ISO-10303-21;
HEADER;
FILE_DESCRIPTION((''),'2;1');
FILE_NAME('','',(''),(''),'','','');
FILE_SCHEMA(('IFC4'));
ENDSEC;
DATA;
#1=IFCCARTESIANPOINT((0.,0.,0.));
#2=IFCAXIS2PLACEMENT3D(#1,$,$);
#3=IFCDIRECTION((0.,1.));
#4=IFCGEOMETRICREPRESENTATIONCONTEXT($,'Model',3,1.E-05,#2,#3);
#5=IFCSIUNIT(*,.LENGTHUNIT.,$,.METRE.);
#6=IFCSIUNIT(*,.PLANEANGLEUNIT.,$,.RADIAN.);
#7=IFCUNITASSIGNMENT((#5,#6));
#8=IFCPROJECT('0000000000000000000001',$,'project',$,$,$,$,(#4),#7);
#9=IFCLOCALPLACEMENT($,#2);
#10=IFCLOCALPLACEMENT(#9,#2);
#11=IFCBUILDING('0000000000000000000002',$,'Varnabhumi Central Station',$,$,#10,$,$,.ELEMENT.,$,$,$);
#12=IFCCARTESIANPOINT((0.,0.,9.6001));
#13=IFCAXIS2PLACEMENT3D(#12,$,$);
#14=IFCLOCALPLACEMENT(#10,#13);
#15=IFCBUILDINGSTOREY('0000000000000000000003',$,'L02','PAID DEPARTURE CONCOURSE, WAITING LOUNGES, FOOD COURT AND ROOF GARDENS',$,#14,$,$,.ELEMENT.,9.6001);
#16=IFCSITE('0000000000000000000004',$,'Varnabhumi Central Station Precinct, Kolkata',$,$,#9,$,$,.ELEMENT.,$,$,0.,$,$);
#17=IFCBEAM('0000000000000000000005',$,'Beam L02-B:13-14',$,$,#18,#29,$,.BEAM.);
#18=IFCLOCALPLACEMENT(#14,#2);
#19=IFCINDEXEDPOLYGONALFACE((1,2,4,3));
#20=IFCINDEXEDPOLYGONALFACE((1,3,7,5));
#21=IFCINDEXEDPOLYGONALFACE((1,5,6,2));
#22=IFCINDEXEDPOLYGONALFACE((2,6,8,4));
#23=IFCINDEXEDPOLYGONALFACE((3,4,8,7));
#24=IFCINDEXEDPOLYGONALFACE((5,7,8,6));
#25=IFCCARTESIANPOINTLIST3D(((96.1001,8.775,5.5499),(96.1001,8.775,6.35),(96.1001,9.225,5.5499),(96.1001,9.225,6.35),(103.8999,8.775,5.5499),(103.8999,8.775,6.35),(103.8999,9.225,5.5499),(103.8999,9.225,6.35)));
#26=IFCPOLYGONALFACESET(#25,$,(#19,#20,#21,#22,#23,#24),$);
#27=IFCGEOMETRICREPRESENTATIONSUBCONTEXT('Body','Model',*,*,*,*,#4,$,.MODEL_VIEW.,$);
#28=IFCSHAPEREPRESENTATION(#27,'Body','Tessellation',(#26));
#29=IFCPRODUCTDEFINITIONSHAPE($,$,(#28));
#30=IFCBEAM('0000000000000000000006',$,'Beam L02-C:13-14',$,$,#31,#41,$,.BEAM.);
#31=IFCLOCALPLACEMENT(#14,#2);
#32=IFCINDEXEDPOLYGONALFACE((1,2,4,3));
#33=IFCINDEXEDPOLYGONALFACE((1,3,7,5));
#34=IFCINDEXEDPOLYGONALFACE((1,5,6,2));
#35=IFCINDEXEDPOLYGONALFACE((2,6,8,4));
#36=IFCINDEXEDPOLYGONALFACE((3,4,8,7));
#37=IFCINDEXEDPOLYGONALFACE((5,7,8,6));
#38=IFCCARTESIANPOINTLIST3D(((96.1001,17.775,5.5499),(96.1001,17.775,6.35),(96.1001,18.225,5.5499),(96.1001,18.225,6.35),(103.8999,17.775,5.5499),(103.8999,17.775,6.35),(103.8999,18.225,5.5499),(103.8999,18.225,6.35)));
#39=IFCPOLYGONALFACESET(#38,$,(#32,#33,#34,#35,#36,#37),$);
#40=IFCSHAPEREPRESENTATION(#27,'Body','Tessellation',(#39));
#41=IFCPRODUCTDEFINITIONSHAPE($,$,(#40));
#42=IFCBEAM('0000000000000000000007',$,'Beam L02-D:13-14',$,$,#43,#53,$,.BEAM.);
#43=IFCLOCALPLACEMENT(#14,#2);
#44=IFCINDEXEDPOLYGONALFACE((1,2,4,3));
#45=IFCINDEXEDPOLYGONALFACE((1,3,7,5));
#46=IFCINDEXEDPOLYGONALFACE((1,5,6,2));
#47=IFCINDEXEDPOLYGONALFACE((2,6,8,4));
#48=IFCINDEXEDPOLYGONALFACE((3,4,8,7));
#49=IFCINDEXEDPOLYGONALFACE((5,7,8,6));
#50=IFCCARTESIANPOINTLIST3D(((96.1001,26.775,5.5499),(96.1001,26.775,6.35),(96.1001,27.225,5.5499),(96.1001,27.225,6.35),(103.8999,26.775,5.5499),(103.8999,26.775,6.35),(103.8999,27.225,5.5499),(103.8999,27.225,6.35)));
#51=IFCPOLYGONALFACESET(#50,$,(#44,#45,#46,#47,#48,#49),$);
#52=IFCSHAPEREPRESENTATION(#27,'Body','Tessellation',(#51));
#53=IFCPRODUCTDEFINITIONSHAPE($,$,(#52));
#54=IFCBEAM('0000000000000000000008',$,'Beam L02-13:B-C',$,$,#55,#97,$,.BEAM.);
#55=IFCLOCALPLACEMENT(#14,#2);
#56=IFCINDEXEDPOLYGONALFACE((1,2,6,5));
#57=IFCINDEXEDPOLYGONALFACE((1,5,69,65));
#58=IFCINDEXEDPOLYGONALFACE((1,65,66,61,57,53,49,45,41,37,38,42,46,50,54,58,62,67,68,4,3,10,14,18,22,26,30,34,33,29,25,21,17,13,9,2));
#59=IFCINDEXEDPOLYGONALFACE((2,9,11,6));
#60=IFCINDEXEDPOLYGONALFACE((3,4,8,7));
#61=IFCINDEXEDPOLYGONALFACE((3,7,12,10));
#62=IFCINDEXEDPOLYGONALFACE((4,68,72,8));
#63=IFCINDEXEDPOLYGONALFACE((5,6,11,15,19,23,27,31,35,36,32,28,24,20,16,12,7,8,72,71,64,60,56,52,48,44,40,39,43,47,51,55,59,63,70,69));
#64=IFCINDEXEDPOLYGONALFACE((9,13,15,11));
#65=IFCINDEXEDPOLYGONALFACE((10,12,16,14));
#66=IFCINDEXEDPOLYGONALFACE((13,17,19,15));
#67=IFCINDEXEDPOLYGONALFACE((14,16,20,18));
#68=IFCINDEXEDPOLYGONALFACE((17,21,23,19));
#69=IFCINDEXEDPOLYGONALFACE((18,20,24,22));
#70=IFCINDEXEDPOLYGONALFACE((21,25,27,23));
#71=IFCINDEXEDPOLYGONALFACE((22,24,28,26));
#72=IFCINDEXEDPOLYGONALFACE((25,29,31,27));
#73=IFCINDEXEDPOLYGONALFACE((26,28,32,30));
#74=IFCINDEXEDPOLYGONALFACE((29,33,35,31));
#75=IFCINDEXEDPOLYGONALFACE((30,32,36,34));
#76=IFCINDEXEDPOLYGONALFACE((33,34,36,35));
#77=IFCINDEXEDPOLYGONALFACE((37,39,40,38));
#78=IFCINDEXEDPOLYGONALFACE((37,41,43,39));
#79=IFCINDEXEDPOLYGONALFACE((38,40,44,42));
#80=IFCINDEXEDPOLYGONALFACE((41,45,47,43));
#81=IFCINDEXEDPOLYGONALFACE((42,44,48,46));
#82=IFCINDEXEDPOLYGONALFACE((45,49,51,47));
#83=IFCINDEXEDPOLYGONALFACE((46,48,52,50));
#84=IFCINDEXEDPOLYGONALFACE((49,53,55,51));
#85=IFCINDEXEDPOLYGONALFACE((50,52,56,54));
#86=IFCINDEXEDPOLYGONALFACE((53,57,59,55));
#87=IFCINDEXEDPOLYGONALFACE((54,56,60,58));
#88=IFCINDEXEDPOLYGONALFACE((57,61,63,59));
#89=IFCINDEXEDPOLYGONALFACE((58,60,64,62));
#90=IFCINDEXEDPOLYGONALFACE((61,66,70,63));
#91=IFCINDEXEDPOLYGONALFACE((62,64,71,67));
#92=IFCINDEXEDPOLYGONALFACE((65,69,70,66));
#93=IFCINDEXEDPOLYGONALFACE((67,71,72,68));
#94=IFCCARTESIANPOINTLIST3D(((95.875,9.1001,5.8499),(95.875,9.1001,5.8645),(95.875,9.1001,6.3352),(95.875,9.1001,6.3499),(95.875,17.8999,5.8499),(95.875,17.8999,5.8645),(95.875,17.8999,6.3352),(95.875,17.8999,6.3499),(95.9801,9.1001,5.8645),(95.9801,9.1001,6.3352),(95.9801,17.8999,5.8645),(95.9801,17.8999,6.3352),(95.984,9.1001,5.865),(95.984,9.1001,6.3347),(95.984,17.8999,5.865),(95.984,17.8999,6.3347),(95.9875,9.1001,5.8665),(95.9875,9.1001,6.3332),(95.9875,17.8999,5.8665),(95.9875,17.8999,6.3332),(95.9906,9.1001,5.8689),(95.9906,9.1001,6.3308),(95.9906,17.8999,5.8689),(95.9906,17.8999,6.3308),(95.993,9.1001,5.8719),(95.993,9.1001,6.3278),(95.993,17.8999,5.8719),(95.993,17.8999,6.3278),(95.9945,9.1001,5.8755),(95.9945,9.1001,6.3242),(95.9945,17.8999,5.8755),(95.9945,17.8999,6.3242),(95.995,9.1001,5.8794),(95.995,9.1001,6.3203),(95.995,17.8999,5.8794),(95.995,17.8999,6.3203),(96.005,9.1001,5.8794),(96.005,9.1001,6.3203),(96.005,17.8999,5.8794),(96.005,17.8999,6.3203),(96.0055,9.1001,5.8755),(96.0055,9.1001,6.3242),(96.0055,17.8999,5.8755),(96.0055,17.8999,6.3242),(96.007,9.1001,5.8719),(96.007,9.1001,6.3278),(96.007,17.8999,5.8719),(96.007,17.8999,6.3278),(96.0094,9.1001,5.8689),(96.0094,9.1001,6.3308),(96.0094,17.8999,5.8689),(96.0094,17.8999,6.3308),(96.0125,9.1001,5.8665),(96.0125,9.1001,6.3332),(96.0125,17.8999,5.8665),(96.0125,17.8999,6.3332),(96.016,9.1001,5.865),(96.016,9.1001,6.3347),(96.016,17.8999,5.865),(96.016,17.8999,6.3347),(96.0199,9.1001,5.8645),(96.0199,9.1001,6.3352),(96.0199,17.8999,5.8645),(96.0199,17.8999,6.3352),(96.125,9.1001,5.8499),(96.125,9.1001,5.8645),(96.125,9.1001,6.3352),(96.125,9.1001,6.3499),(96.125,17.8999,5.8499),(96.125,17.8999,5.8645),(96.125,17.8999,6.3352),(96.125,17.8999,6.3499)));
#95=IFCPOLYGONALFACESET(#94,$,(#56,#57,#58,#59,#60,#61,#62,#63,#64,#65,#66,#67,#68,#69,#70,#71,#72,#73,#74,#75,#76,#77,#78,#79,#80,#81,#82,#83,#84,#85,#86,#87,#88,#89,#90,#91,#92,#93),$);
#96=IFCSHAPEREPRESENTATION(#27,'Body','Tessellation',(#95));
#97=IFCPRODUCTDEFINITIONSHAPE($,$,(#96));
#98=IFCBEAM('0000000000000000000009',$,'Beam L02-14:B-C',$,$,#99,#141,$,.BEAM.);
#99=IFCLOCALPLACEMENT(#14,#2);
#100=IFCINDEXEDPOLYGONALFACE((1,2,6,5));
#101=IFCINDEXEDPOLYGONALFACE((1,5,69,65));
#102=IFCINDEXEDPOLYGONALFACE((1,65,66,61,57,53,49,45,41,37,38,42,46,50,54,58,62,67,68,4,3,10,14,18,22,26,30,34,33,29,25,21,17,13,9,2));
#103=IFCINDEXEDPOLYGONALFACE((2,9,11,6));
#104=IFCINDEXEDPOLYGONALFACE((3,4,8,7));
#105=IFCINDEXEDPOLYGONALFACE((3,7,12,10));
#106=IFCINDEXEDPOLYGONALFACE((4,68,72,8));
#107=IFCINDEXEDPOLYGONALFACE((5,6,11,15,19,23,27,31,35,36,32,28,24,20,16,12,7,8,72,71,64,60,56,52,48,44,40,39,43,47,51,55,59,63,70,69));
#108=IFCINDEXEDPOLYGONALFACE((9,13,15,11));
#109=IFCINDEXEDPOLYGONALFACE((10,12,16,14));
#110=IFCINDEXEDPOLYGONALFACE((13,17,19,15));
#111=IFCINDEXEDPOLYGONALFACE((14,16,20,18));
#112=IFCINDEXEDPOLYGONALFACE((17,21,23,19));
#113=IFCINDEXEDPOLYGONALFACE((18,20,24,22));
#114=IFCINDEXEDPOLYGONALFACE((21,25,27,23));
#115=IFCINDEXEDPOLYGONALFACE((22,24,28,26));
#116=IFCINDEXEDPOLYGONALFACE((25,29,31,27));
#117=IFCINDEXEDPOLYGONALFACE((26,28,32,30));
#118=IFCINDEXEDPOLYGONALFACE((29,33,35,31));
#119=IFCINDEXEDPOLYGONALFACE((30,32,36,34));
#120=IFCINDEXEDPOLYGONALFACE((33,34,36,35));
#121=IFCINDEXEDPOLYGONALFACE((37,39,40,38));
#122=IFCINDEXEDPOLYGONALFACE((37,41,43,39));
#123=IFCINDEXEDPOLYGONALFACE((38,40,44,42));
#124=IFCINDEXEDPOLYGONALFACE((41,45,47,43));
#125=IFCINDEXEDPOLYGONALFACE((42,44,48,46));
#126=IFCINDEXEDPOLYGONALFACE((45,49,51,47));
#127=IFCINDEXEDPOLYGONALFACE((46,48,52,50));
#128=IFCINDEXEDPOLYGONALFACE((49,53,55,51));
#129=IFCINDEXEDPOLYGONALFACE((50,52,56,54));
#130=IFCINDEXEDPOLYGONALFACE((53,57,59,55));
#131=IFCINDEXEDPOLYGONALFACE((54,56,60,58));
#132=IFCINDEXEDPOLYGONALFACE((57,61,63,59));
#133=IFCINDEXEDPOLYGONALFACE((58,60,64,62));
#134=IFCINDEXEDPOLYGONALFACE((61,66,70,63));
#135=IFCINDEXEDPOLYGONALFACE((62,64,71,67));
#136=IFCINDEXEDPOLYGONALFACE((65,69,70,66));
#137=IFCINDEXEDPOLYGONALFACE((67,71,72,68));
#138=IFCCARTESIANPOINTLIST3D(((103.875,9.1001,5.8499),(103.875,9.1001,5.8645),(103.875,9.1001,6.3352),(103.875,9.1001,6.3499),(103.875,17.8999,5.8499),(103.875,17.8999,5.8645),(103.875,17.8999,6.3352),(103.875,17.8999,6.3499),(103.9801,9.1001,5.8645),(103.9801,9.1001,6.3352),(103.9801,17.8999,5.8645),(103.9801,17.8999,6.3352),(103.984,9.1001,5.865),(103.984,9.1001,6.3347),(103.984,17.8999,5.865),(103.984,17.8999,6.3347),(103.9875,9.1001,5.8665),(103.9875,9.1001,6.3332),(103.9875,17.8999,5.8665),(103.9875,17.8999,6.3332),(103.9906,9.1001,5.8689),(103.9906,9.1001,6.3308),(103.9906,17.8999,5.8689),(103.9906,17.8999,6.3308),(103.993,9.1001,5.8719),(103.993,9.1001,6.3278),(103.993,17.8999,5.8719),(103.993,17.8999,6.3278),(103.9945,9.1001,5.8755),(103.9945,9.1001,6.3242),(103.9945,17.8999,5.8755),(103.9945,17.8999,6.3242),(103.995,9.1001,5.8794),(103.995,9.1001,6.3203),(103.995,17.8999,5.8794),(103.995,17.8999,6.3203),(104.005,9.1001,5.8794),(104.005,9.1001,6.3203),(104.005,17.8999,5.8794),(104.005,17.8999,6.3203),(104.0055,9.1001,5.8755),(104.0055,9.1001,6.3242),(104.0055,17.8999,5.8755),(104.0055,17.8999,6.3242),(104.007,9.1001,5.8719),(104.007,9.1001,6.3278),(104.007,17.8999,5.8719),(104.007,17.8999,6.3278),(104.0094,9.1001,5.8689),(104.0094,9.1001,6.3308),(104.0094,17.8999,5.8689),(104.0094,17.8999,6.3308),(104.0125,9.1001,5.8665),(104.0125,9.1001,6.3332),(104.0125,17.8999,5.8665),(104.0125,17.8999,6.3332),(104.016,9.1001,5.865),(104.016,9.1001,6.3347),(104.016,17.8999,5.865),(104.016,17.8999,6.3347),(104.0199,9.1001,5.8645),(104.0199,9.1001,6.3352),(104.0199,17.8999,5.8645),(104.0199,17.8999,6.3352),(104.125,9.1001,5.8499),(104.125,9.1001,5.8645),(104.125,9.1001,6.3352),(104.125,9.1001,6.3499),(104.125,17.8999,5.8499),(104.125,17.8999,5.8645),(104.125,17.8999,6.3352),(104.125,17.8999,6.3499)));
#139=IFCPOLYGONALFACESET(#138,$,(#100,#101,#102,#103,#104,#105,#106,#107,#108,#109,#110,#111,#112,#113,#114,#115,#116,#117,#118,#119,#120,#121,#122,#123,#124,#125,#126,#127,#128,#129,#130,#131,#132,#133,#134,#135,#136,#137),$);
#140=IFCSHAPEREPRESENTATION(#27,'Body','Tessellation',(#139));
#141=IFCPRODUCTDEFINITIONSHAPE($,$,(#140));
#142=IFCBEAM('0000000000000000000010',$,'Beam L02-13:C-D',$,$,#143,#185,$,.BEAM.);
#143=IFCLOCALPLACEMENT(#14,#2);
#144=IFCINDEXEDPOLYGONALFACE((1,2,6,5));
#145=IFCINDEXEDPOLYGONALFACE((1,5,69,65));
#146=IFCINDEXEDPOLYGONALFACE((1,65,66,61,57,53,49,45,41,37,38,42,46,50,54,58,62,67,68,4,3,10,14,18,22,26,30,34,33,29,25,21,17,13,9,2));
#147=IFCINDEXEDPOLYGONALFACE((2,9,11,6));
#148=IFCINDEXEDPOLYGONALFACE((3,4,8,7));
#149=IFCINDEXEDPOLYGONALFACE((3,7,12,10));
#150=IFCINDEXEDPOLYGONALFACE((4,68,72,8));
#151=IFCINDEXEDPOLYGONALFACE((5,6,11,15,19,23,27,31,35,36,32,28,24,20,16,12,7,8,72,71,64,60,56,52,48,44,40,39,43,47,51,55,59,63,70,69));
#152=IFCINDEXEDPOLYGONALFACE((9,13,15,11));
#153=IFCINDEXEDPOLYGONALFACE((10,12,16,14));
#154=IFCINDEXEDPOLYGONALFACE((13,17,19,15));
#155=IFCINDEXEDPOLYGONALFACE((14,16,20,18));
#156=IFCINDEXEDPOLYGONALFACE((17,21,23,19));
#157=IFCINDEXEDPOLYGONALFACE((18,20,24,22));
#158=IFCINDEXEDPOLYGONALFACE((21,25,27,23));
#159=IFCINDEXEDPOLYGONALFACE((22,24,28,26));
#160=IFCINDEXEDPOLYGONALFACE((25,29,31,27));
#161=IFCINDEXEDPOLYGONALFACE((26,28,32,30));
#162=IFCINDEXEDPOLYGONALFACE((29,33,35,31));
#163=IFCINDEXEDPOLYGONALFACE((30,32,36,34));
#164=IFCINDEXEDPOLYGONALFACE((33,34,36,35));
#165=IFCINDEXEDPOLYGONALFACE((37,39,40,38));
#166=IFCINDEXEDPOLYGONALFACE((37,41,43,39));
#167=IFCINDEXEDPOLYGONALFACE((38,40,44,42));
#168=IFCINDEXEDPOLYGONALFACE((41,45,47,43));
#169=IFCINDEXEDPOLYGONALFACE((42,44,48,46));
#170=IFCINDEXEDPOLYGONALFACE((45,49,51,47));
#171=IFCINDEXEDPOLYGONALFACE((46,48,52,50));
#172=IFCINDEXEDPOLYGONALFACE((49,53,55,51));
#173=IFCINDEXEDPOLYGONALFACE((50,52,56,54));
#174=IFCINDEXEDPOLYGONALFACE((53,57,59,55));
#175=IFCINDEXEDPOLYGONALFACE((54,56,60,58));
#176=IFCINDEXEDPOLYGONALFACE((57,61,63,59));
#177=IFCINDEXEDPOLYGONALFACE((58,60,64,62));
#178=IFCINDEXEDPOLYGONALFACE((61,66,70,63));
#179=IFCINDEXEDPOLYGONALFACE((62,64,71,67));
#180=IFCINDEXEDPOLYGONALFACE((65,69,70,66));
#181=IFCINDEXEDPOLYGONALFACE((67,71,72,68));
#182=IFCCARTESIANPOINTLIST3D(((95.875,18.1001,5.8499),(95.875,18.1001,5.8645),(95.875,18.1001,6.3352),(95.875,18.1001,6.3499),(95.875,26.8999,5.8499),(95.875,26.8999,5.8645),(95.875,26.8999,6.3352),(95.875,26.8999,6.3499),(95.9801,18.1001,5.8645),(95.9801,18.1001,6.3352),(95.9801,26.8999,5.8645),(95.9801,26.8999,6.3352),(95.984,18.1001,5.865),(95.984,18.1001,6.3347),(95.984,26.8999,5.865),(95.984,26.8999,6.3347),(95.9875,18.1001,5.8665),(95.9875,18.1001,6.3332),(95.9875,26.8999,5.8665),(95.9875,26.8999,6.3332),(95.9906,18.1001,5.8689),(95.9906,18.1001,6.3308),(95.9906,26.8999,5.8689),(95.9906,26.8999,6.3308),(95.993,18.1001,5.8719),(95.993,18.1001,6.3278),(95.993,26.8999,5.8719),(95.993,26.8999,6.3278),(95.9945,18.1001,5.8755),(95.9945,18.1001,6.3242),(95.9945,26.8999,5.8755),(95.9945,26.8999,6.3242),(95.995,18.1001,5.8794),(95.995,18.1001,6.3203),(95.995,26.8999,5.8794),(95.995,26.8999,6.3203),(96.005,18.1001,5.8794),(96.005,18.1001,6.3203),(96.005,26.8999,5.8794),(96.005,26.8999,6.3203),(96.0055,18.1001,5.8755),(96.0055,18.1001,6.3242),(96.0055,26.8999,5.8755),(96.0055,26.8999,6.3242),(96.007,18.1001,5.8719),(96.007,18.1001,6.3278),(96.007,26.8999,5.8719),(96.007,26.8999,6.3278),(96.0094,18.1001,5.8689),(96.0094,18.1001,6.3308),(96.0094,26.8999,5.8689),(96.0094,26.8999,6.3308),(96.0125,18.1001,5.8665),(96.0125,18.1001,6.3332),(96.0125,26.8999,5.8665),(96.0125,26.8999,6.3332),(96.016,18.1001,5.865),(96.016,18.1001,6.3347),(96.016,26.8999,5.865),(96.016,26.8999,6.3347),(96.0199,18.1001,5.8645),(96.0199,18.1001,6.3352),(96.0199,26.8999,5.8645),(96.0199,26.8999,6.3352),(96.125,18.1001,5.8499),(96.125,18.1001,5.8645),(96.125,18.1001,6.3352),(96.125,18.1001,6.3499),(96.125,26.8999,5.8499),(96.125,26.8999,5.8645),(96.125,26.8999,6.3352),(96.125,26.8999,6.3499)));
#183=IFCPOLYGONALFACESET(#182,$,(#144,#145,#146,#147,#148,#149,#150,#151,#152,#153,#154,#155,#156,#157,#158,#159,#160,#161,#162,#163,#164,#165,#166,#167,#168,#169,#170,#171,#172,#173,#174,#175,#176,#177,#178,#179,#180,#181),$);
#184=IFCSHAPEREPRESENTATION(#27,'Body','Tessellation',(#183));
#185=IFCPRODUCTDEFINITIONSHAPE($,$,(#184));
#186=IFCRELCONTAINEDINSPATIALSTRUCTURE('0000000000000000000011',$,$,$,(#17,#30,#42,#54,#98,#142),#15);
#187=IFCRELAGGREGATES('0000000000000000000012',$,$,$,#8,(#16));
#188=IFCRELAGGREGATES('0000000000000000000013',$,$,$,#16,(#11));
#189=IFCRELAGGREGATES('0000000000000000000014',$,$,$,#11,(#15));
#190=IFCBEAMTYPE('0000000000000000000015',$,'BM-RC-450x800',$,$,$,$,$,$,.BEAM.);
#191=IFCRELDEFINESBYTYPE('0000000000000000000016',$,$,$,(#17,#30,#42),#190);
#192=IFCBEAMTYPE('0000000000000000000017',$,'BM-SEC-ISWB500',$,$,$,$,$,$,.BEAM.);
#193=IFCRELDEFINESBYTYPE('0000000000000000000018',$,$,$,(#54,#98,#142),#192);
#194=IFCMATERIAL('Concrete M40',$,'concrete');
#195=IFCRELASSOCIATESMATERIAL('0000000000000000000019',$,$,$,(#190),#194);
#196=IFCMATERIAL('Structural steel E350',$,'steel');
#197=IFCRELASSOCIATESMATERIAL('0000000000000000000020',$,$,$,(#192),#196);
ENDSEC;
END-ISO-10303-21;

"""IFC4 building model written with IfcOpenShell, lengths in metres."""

from ifc_helpers import new_model, si_unit, direction, frame, origin, origin_2d, place, context, subcontext, project, spatial, rectangle, i_section, extrude, material, material_profile, profile_set, type_object, element, save


model = new_model("IFC4")

# Units and contexts
model_context = context("Model", 3, precision=1e-05, world=origin(), true_north=direction((0.0, 1.0)))
body_context = subcontext(model_context, "Body", "Model", "MODEL_VIEW")
ifc_project = project(units=[si_unit("LENGTHUNIT", "METRE"), si_unit("PLANEANGLEUNIT", "RADIAN")], contexts=[model_context])

# Site, building, storey
site_placement = place(None, origin())
site = spatial("IfcSite", under=ifc_project, at=site_placement, Name="Varnabhumi Central Station Precinct, Kolkata", CompositionType="ELEMENT", RefElevation=0.0)
building_placement = place(site_placement, origin())
building = spatial("IfcBuilding", under=site, at=building_placement, Name="Varnabhumi Central Station", CompositionType="ELEMENT")
storey_placement = place(building_placement, frame((0.0, 0.0, 9.6001)))
storey = spatial("IfcBuildingStorey", under=building, at=storey_placement, Name="L02", Description="PAID DEPARTURE CONCOURSE, WAITING LOUNGES, FOOD COURT AND ROOF GARDENS", CompositionType="ELEMENT", Elevation=9.6001)

# Shared definitions
ifc_material_1 = material(Name="Concrete M40", Category="concrete")

# Beams
ifc_material_2 = material(Name="Structural steel E350", Category="steel")
ifc_material_profile_1 = material_profile(ifc_material_1, rectangle(XDim=0.45, YDim=0.8, at=origin_2d()), Name="Concrete M40", Category="concrete")
ifc_profile_set_1 = profile_set([ifc_material_profile_1], Name="Concrete M40")
beam_type_1 = type_object("IfcBeamType", Name="BM-RC-450x800", PredefinedType="BEAM", material=ifc_profile_set_1)
for number, where, z_axis, x_axis, name in (
    (1, (96.1001, 9.0, 5.95), (1.0, 0.0, 0.0), (0.0, 1.0, 0.0), "Beam L02-B:13-14"),
    (2, (96.1001, 18.0, 5.95), (1.0, 0.0, 0.0), (0.0, 1.0, 0.0), "Beam L02-C:13-14"),
    (3, (96.1001, 27.0, 5.95), (1.0, 0.0, 0.0), (0.0, 1.0, 0.0), "Beam L02-D:13-14"),
):
    element("IfcBeam", number, at=place(storey_placement, frame(where, z_axis=z_axis, x_axis=x_axis)), inside=storey, type_object=beam_type_1, Name=name, PredefinedType="BEAM", context=body_context, shape_type="SweptSolid", body=[
        extrude(rectangle(XDim=0.45, YDim=0.8, at=origin_2d()), origin(), (0.0, 0.0, 1.0), 7.7998),
    ])
ifc_material_profile_2 = material_profile(ifc_material_2, i_section(OverallWidth=0.25, OverallDepth=0.5, WebThickness=0.01, FlangeThickness=0.0146, FilletRadius=0.0149, at=origin_2d()), Name="Structural steel E350", Category="steel")
ifc_profile_set_2 = profile_set([ifc_material_profile_2], Name="Structural steel E350")
beam_type_2 = type_object("IfcBeamType", Name="BM-SEC-ISWB500", PredefinedType="BEAM", material=ifc_profile_set_2)
for number, where, z_axis, x_axis, name in (
    (4, (96.0, 9.1001, 6.0999), (0.0, 1.0, 0.0), (-1.0, 0.0, 0.0), "Beam L02-13:B-C"),
    (5, (104.0, 9.1001, 6.0999), (0.0, 1.0, 0.0), (-1.0, 0.0, 0.0), "Beam L02-14:B-C"),
    (6, (96.0, 18.1001, 6.0999), (0.0, 1.0, 0.0), (-1.0, 0.0, 0.0), "Beam L02-13:C-D"),
):
    element("IfcBeam", number, at=place(storey_placement, frame(where, z_axis=z_axis, x_axis=x_axis)), inside=storey, type_object=beam_type_2, Name=name, PredefinedType="BEAM", context=body_context, shape_type="SweptSolid", body=[
        extrude(i_section(OverallWidth=0.25, OverallDepth=0.5, WebThickness=0.01, FlangeThickness=0.0146, FilletRadius=0.0149, at=origin_2d()), origin(), (0.0, 0.0, 1.0), 8.7998),
    ])

save(model, "model.ifc")
